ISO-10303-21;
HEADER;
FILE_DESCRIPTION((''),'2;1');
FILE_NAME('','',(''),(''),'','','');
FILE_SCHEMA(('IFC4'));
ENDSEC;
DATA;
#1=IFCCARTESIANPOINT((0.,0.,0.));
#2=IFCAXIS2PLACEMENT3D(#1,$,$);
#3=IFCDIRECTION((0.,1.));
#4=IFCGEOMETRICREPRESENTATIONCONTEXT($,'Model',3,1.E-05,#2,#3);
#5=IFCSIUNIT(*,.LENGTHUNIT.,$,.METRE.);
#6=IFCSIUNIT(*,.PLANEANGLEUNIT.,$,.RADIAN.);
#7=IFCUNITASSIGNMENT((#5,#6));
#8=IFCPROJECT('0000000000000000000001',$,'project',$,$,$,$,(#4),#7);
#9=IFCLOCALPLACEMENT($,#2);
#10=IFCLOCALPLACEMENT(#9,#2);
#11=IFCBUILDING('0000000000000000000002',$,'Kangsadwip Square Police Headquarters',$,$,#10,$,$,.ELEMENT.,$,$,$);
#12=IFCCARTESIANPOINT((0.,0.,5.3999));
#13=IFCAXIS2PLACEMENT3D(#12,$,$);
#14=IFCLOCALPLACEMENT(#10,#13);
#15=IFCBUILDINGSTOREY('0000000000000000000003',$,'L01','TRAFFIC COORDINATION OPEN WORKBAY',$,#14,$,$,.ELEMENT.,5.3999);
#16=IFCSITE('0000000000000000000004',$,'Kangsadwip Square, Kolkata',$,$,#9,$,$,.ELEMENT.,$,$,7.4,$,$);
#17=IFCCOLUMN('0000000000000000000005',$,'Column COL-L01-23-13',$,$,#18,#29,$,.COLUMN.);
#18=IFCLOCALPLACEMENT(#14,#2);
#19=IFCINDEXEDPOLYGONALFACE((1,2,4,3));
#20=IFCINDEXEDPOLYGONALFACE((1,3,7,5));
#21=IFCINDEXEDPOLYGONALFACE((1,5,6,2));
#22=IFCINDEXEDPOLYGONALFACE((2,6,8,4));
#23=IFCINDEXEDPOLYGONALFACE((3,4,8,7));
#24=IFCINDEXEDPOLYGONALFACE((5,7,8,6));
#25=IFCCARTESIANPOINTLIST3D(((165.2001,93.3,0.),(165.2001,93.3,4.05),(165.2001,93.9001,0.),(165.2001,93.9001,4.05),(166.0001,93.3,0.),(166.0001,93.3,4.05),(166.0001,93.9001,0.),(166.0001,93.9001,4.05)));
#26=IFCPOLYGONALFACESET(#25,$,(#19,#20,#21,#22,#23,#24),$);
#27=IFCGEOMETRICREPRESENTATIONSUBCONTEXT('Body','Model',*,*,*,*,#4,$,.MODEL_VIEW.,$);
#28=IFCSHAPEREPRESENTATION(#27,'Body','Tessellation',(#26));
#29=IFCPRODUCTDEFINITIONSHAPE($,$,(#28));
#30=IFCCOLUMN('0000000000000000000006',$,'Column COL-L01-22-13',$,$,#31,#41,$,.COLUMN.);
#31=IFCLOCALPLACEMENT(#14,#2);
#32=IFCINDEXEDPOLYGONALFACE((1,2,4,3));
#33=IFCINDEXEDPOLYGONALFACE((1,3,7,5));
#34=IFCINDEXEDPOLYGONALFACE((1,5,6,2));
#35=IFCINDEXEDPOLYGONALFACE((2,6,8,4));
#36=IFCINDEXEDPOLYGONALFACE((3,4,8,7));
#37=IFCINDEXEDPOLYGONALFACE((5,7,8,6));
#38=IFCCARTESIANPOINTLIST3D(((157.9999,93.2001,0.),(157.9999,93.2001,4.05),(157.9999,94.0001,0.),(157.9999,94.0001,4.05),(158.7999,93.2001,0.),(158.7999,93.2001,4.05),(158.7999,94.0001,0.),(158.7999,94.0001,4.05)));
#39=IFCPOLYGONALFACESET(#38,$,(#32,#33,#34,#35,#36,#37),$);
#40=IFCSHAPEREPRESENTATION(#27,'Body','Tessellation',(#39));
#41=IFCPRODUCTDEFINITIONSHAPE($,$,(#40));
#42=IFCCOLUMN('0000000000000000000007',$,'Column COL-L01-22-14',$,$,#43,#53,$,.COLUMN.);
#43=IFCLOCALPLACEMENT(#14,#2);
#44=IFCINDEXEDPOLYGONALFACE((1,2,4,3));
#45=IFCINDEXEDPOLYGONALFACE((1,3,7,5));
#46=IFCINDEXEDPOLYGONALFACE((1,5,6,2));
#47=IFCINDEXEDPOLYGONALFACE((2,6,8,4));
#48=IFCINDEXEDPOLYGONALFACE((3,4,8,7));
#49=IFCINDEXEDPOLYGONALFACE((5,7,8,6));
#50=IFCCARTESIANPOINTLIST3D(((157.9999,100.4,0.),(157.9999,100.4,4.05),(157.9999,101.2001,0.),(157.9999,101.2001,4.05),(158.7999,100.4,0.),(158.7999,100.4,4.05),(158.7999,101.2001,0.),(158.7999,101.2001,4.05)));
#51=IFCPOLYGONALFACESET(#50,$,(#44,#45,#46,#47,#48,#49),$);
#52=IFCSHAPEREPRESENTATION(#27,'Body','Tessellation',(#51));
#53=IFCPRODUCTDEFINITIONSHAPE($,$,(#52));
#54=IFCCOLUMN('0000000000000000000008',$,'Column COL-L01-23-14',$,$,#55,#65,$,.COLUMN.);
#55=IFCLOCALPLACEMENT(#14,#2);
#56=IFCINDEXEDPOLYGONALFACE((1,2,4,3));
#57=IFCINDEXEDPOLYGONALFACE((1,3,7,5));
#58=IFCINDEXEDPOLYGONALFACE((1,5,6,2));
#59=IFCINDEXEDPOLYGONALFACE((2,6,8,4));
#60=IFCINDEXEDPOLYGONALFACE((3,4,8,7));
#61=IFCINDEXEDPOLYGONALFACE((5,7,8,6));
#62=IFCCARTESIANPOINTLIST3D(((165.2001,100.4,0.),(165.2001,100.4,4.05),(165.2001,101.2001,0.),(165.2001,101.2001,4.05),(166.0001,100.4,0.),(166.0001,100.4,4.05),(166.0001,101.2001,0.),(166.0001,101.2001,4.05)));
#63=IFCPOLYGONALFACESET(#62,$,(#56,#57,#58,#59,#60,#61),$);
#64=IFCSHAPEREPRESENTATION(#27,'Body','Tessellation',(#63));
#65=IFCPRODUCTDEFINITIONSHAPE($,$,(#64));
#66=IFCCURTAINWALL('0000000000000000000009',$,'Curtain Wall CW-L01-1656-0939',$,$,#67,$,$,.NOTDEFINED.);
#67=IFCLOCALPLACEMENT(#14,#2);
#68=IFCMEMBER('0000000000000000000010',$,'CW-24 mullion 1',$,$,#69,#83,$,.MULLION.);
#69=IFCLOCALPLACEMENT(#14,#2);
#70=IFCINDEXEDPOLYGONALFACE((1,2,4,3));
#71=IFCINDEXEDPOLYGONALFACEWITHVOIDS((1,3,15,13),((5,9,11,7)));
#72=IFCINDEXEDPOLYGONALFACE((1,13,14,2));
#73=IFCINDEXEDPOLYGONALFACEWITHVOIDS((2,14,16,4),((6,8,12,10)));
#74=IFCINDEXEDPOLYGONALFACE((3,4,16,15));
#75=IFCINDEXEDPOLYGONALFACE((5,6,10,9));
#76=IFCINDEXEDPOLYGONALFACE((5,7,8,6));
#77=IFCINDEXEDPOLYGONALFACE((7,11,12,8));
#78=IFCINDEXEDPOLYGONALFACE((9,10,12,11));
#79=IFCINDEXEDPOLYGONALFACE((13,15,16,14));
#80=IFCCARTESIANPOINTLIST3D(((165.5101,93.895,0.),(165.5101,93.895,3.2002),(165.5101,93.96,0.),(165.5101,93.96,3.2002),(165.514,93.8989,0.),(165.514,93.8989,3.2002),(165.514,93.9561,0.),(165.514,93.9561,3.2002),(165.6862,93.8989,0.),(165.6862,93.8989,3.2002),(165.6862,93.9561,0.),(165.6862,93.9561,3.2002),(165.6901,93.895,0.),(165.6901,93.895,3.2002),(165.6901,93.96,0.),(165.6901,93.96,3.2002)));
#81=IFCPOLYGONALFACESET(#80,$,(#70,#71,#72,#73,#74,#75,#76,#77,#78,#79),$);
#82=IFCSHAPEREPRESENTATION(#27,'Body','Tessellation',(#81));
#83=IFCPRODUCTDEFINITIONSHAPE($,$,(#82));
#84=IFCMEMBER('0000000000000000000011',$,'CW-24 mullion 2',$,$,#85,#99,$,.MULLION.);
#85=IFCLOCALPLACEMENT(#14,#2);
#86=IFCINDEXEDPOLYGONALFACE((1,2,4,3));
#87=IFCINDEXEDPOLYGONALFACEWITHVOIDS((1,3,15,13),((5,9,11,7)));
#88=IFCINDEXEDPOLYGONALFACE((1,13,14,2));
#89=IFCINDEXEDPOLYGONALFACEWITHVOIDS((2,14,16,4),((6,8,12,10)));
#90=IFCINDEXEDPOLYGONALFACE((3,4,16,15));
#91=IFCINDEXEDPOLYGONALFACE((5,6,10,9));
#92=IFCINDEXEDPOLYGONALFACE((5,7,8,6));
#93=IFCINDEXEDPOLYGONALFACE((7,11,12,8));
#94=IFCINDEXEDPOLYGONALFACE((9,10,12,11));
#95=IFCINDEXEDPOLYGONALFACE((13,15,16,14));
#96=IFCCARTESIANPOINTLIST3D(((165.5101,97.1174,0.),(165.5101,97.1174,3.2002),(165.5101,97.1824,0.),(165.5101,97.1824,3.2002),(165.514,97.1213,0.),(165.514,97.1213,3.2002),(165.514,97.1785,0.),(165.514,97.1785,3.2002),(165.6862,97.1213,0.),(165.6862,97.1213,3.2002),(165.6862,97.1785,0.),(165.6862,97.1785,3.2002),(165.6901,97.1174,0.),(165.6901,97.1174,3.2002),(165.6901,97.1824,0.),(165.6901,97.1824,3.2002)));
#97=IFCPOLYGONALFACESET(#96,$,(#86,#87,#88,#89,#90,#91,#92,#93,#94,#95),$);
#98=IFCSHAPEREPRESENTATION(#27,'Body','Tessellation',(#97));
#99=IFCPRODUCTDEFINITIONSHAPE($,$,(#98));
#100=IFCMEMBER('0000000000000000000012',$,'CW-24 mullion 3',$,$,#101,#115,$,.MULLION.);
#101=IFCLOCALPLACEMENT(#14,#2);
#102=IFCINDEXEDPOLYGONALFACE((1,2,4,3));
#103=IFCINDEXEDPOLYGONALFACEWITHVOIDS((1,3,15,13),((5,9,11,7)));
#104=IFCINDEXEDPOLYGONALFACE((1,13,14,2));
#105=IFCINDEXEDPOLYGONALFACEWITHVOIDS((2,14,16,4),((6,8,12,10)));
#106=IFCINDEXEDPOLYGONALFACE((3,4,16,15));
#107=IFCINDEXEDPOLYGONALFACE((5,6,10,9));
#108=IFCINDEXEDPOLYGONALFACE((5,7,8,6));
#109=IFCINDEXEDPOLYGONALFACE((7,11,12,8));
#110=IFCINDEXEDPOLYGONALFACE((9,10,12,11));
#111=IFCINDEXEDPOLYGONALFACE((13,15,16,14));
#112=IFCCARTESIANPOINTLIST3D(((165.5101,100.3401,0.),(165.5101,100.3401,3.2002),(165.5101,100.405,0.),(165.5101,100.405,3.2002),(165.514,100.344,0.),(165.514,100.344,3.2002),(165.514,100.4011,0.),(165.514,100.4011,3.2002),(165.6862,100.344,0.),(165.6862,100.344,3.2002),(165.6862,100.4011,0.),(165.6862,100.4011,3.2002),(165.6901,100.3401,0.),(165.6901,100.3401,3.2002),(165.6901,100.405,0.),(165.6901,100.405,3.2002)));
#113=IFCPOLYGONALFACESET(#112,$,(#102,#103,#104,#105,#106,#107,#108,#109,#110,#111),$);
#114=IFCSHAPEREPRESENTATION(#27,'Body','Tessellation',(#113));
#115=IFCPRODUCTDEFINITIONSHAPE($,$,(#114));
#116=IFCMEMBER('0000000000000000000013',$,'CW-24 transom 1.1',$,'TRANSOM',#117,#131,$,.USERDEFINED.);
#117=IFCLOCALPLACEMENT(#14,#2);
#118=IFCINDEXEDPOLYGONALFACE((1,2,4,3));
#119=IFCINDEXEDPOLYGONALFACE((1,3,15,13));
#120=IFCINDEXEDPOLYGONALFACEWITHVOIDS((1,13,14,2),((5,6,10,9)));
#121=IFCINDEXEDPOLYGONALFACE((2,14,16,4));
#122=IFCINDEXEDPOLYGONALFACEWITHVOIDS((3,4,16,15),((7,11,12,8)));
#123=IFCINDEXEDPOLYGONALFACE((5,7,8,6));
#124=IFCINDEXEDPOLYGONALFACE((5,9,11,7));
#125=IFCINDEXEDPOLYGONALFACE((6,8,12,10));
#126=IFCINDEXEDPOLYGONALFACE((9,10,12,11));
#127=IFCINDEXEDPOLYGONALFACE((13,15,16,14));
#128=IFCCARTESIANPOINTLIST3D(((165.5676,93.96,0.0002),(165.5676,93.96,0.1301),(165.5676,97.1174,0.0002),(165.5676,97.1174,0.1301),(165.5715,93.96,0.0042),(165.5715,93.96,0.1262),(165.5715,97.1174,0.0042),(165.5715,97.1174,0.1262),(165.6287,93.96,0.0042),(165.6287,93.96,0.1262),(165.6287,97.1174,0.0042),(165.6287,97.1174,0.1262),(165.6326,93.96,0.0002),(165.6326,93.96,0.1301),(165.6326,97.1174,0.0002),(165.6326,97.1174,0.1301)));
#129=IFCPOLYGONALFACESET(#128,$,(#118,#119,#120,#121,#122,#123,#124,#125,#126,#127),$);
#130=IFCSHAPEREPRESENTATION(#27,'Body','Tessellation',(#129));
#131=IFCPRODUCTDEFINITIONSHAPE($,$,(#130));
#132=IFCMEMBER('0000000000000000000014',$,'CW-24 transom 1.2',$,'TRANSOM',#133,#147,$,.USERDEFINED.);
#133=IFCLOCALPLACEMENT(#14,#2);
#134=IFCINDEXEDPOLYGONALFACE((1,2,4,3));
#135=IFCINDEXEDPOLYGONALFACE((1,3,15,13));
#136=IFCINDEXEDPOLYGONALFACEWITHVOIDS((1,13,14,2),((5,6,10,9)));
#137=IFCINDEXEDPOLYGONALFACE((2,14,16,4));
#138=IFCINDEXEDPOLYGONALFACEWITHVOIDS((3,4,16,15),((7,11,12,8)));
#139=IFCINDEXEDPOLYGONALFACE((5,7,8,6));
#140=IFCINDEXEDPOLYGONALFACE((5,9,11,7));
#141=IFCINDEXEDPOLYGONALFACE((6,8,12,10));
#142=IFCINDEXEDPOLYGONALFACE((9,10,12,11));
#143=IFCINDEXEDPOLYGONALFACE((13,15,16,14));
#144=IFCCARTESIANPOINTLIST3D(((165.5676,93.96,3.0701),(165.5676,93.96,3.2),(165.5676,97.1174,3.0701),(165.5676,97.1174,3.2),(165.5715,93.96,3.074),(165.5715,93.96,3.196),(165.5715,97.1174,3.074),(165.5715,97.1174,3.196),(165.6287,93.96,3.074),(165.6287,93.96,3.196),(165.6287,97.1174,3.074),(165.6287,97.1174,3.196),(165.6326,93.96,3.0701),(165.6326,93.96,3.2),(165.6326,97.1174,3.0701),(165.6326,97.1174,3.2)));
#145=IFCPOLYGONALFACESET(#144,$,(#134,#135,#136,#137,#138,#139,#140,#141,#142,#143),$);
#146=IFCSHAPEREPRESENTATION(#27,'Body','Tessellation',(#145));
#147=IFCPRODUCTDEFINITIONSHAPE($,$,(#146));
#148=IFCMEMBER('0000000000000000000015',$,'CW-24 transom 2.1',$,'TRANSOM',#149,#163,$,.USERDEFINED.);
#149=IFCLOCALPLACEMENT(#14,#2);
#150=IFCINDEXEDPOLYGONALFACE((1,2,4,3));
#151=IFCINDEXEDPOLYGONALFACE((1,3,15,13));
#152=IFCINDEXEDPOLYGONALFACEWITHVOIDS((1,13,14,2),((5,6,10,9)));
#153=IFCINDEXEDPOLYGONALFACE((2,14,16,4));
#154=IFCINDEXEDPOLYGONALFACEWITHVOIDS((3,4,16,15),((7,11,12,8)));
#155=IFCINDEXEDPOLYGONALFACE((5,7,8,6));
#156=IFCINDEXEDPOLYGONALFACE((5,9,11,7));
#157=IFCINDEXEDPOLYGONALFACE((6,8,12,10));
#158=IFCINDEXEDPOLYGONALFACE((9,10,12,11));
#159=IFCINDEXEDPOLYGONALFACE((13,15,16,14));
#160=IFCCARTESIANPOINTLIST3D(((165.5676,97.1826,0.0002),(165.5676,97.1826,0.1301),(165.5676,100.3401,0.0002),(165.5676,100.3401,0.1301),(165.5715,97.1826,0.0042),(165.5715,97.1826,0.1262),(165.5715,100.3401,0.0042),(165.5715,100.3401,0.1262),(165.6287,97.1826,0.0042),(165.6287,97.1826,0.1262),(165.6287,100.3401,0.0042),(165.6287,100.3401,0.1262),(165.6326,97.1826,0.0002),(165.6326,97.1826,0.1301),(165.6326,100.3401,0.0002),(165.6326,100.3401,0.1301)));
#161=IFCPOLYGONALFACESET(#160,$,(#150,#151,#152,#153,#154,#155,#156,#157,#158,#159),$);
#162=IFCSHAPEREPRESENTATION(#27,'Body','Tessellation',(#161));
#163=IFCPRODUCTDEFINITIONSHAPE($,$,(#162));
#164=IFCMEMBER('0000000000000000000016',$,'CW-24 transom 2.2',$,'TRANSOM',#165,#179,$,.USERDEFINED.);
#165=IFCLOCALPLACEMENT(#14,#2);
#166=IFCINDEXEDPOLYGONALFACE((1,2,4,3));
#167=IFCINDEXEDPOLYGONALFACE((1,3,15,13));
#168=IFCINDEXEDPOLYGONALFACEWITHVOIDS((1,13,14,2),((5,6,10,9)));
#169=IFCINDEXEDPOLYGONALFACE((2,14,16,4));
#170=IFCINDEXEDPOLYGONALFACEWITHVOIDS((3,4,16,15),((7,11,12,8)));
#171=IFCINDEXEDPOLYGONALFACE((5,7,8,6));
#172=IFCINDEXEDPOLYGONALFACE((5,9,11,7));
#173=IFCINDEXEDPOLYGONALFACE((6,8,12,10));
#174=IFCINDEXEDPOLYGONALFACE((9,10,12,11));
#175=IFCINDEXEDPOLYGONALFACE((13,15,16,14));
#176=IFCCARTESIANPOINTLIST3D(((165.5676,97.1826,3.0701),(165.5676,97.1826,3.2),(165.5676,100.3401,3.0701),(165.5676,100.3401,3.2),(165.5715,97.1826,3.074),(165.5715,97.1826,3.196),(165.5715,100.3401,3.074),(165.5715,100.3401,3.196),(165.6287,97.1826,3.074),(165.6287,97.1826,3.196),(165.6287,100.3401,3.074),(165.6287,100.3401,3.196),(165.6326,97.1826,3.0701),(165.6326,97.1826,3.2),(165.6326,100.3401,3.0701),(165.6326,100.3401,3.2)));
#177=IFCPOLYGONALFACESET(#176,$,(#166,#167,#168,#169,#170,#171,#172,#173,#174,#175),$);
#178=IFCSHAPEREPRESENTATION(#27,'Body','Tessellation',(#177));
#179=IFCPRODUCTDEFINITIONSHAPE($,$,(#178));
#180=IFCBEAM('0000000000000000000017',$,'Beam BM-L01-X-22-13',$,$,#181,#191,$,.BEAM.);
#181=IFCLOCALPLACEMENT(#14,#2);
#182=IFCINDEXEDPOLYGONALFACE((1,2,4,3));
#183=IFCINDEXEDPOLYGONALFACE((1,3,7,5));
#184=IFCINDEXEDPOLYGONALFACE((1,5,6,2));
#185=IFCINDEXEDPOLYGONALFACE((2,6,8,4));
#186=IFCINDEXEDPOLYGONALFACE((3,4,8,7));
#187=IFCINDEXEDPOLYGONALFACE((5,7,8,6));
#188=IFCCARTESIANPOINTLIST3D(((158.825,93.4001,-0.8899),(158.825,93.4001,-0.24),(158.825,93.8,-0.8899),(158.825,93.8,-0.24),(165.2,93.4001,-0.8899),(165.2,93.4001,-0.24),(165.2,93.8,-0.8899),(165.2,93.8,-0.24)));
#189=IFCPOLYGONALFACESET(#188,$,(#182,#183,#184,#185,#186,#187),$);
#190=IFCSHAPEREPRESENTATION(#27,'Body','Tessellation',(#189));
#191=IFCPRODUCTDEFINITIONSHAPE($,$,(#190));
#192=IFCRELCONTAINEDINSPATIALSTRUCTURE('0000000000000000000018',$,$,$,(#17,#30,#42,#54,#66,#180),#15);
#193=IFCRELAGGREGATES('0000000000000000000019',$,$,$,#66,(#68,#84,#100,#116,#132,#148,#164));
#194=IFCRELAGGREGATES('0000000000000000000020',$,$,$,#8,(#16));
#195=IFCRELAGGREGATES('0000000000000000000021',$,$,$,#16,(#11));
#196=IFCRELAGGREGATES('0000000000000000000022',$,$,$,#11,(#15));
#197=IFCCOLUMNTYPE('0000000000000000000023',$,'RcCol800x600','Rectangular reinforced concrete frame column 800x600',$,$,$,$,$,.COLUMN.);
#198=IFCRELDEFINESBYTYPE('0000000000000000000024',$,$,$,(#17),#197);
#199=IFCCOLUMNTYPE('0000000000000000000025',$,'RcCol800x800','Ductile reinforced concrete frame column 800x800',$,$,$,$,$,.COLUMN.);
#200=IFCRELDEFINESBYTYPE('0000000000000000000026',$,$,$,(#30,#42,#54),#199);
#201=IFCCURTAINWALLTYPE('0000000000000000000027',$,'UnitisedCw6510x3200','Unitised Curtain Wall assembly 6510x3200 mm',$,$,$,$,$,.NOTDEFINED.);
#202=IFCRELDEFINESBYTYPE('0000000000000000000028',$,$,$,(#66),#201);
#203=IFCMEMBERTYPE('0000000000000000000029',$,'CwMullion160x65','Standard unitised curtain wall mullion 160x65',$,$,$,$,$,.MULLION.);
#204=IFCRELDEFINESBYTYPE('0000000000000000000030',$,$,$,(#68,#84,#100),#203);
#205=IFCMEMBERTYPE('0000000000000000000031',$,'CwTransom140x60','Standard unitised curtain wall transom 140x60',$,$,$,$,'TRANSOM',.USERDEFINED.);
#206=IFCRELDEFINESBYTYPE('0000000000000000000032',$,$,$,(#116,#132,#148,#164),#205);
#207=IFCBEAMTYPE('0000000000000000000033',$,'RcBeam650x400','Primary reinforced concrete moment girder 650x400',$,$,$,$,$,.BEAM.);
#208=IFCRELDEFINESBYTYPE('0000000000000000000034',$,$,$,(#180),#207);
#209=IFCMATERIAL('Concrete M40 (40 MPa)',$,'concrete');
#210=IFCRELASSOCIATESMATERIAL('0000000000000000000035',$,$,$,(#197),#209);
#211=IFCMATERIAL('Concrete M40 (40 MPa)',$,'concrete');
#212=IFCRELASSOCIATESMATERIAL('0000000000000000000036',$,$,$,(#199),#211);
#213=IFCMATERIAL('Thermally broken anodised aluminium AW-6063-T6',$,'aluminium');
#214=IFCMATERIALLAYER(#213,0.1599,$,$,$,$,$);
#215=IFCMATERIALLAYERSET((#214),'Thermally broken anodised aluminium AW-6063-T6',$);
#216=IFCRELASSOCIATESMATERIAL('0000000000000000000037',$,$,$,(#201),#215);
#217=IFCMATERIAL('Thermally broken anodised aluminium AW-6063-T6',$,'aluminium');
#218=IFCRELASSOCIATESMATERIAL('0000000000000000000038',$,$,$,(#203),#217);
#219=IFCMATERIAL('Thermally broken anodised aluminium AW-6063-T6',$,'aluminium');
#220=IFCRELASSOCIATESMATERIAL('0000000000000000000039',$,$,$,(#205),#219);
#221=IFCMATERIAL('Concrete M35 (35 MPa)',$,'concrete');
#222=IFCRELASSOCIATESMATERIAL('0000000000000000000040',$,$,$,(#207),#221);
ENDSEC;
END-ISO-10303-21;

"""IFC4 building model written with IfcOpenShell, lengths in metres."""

from ifc_helpers import new_model, si_unit, direction, frame, origin, origin_2d, place, context, subcontext, project, spatial, rectangle, hollow_rectangle, extrude, material, layer, layer_set, material_profile, profile_set, type_object, element, aggregate, save


model = new_model("IFC4")

# Units and contexts
model_context = context("Model", 3, precision=1e-05, world=origin(), true_north=direction((0.0, 1.0)))
body_context = subcontext(model_context, "Body", "Model", "MODEL_VIEW")
ifc_project = project(units=[si_unit("LENGTHUNIT", "METRE"), si_unit("PLANEANGLEUNIT", "RADIAN")], contexts=[model_context])

# Site, building, storey
site_placement = place(None, origin())
site = spatial("IfcSite", under=ifc_project, at=site_placement, Name="Kangsadwip Square, Kolkata", CompositionType="ELEMENT", RefElevation=7.4)
building_placement = place(site_placement, origin())
building = spatial("IfcBuilding", under=site, at=building_placement, Name="Kangsadwip Square Police Headquarters", CompositionType="ELEMENT")
storey_placement = place(building_placement, frame((0.0, 0.0, 5.3999)))
storey = spatial("IfcBuildingStorey", under=building, at=storey_placement, Name="L01", Description="TRAFFIC COORDINATION OPEN WORKBAY", CompositionType="ELEMENT", Elevation=5.3999)

# Columns
ifc_material_1 = material(Name="Concrete M40 (40 MPa)", Category="concrete")
ifc_material_profile_1 = material_profile(ifc_material_1, rectangle(XDim=0.6001, YDim=0.8, at=origin_2d()), Name="RC COL 800X600")
ifc_profile_set_1 = profile_set([ifc_material_profile_1], Name="Concrete M40 (40 MPa)")
column_type_1 = type_object("IfcColumnType", Name="RcCol800x600", Description="Rectangular reinforced concrete frame column 800x600", PredefinedType="COLUMN", material=ifc_profile_set_1)
column_placement = place(storey_placement, frame((165.6001, 93.6001, 0.0), z_axis=(0.0, 0.0, 1.0), x_axis=(0.0, 1.0, 0.0)))
element("IfcColumn", 1, at=column_placement, inside=storey, type_object=column_type_1, Name="Column COL-L01-23-13", PredefinedType="COLUMN", context=body_context, shape_type="SweptSolid", body=[
    extrude(rectangle(XDim=0.6001, YDim=0.8, at=origin_2d()), origin(), (0.0, 0.0, 1.0), 4.05),
])
ifc_material_2 = material(Name="Concrete M40 (40 MPa)", Category="concrete")
ifc_material_profile_2 = material_profile(ifc_material_2, rectangle(XDim=0.8, YDim=0.8, at=origin_2d()), Name="RC COL 800X800")
ifc_profile_set_2 = profile_set([ifc_material_profile_2], Name="Concrete M40 (40 MPa)")
column_type_2 = type_object("IfcColumnType", Name="RcCol800x800", Description="Ductile reinforced concrete frame column 800x800", PredefinedType="COLUMN", material=ifc_profile_set_2)
for number, where, z_axis, x_axis, name in (
    (2, (158.3999, 93.6001, 0.0), (0.0, 0.0, 1.0), (1.0, 0.0, 0.0), "Column COL-L01-22-13"),
    (3, (158.3999, 100.8, 0.0), (0.0, 0.0, 1.0), (1.0, 0.0, 0.0), "Column COL-L01-22-14"),
    (4, (165.6001, 100.8, 0.0), (0.0, 0.0, 1.0), (1.0, 0.0, 0.0), "Column COL-L01-23-14"),
):
    element("IfcColumn", number, at=place(storey_placement, frame(where, z_axis=z_axis, x_axis=x_axis)), inside=storey, type_object=column_type_2, Name=name, PredefinedType="COLUMN", context=body_context, shape_type="SweptSolid", body=[
        extrude(rectangle(XDim=0.8, YDim=0.8, at=origin_2d()), origin(), (0.0, 0.0, 1.0), 4.05),
    ])

# Curtain wall, members
ifc_material_3 = material(Name="Thermally broken anodised aluminium AW-6063-T6", Category="aluminium")
ifc_layer_1 = layer(ifc_material_3, 0.1599)
ifc_layer_set_1 = layer_set([ifc_layer_1], Name="Thermally broken anodised aluminium AW-6063-T6")
curtain_wall_type = type_object("IfcCurtainWallType", Name="UnitisedCw6510x3200", Description="Unitised Curtain Wall assembly 6510x3200 mm", PredefinedType="NOTDEFINED", material=ifc_layer_set_1)
curtain_wall_placement = place(storey_placement, origin())
curtain_wall = element("IfcCurtainWall", 5, at=curtain_wall_placement, inside=storey, type_object=curtain_wall_type, Name="Curtain Wall CW-L01-1656-0939", PredefinedType="NOTDEFINED")
ifc_material_4 = material(Name="Thermally broken anodised aluminium AW-6063-T6", Category="aluminium")
ifc_material_profile_3 = material_profile(ifc_material_4, hollow_rectangle(XDim=0.0649, YDim=0.1799, WallThickness=0.0039, at=origin_2d()), Name="CWM 180X65X4")
ifc_profile_set_3 = profile_set([ifc_material_profile_3], Name="Thermally broken anodised aluminium AW-6063-T6")
member_type_1 = type_object("IfcMemberType", Name="CwMullion160x65", Description="Standard unitised curtain wall mullion 160x65", PredefinedType="MULLION", material=ifc_profile_set_3)
member_1_placement = place(storey_placement, frame((165.6001, 93.9275, 0.0), z_axis=(0.0, 0.0, 1.0), x_axis=(0.0, 1.0, 0.0)))
member_1 = element("IfcMember", 6, at=member_1_placement, type_object=member_type_1, Name="CW-24 mullion 1", PredefinedType="MULLION", context=body_context, shape_type="SweptSolid", body=[
    extrude(hollow_rectangle(XDim=0.0649, YDim=0.1799, WallThickness=0.0039, at=origin_2d()), origin(), (0.0, 0.0, 1.0), 3.2002),
])
member_2_placement = place(storey_placement, frame((165.6001, 97.1499, 0.0), z_axis=(0.0, 0.0, 1.0), x_axis=(0.0, 1.0, 0.0)))
member_2 = element("IfcMember", 7, at=member_2_placement, type_object=member_type_1, Name="CW-24 mullion 2", PredefinedType="MULLION", context=body_context, shape_type="SweptSolid", body=[
    extrude(hollow_rectangle(XDim=0.0649, YDim=0.1799, WallThickness=0.0039, at=origin_2d()), origin(), (0.0, 0.0, 1.0), 3.2002),
])
member_3_placement = place(storey_placement, frame((165.6001, 100.3726, 0.0), z_axis=(0.0, 0.0, 1.0), x_axis=(0.0, 1.0, 0.0)))
member_3 = element("IfcMember", 8, at=member_3_placement, type_object=member_type_1, Name="CW-24 mullion 3", PredefinedType="MULLION", context=body_context, shape_type="SweptSolid", body=[
    extrude(hollow_rectangle(XDim=0.0649, YDim=0.1799, WallThickness=0.0039, at=origin_2d()), origin(), (0.0, 0.0, 1.0), 3.2002),
])
ifc_material_5 = material(Name="Thermally broken anodised aluminium AW-6063-T6", Category="aluminium")
ifc_material_profile_4 = material_profile(ifc_material_5, hollow_rectangle(XDim=0.0649, YDim=0.1299, WallThickness=0.0039, at=origin_2d()), Name="CWT 130X65X4")
ifc_profile_set_4 = profile_set([ifc_material_profile_4], Name="Thermally broken anodised aluminium AW-6063-T6")
member_type_2 = type_object("IfcMemberType", Name="CwTransom140x60", Description="Standard unitised curtain wall transom 140x60", ElementType="TRANSOM", PredefinedType="USERDEFINED", material=ifc_profile_set_4)
member_4_placement = place(storey_placement, frame((165.6001, 93.96, 0.0652), z_axis=(0.0, 1.0, 0.0), x_axis=(-1.0, 0.0, 0.0)))
member_4 = element("IfcMember", 9, at=member_4_placement, type_object=member_type_2, Name="CW-24 transom 1.1", ObjectType="TRANSOM", PredefinedType="USERDEFINED", context=body_context, shape_type="SweptSolid", body=[
    extrude(hollow_rectangle(XDim=0.0649, YDim=0.1299, WallThickness=0.0039, at=origin_2d()), origin(), (0.0, 0.0, 1.0), 3.1575),
])
member_5_placement = place(storey_placement, frame((165.6001, 93.96, 3.135), z_axis=(0.0, 1.0, 0.0), x_axis=(-1.0, 0.0, 0.0)))
member_5 = element("IfcMember", 10, at=member_5_placement, type_object=member_type_2, Name="CW-24 transom 1.2", ObjectType="TRANSOM", PredefinedType="USERDEFINED", context=body_context, shape_type="SweptSolid", body=[
    extrude(hollow_rectangle(XDim=0.0649, YDim=0.1299, WallThickness=0.0039, at=origin_2d()), origin(), (0.0, 0.0, 1.0), 3.1575),
])
member_6_placement = place(storey_placement, frame((165.6001, 97.1826, 0.0652), z_axis=(0.0, 1.0, 0.0), x_axis=(-1.0, 0.0, 0.0)))
member_6 = element("IfcMember", 11, at=member_6_placement, type_object=member_type_2, Name="CW-24 transom 2.1", ObjectType="TRANSOM", PredefinedType="USERDEFINED", context=body_context, shape_type="SweptSolid", body=[
    extrude(hollow_rectangle(XDim=0.0649, YDim=0.1299, WallThickness=0.0039, at=origin_2d()), origin(), (0.0, 0.0, 1.0), 3.1575),
])
member_7_placement = place(storey_placement, frame((165.6001, 97.1826, 3.135), z_axis=(0.0, 1.0, 0.0), x_axis=(-1.0, 0.0, 0.0)))
member_7 = element("IfcMember", 12, at=member_7_placement, type_object=member_type_2, Name="CW-24 transom 2.2", ObjectType="TRANSOM", PredefinedType="USERDEFINED", context=body_context, shape_type="SweptSolid", body=[
    extrude(hollow_rectangle(XDim=0.0649, YDim=0.1299, WallThickness=0.0039, at=origin_2d()), origin(), (0.0, 0.0, 1.0), 3.1575),
])

# Beam
ifc_material_6 = material(Name="Concrete M35 (35 MPa)", Category="concrete")
ifc_material_profile_5 = material_profile(ifc_material_6, rectangle(XDim=0.3999, YDim=0.6499, at=origin_2d()), Name="RC BM 650X400")
ifc_profile_set_5 = profile_set([ifc_material_profile_5], Name="Concrete M35 (35 MPa)")
beam_type_1 = type_object("IfcBeamType", Name="RcBeam650x400", Description="Primary reinforced concrete moment girder 650x400", PredefinedType="BEAM", material=ifc_profile_set_5)
beam_1_placement = place(storey_placement, frame((158.825, 93.6001, -0.5649), z_axis=(1.0, 0.0, 0.0), x_axis=(0.0, 1.0, 0.0)))
element("IfcBeam", 13, at=beam_1_placement, inside=storey, type_object=beam_type_1, Name="Beam BM-L01-X-22-13", PredefinedType="BEAM", context=body_context, shape_type="SweptSolid", body=[
    extrude(rectangle(XDim=0.3999, YDim=0.6499, at=origin_2d()), origin(), (0.0, 0.0, 1.0), 6.375),
])

aggregate(curtain_wall, [member_1, member_2, member_3, member_4, member_5, member_6, member_7])

save(model, "model.ifc")
